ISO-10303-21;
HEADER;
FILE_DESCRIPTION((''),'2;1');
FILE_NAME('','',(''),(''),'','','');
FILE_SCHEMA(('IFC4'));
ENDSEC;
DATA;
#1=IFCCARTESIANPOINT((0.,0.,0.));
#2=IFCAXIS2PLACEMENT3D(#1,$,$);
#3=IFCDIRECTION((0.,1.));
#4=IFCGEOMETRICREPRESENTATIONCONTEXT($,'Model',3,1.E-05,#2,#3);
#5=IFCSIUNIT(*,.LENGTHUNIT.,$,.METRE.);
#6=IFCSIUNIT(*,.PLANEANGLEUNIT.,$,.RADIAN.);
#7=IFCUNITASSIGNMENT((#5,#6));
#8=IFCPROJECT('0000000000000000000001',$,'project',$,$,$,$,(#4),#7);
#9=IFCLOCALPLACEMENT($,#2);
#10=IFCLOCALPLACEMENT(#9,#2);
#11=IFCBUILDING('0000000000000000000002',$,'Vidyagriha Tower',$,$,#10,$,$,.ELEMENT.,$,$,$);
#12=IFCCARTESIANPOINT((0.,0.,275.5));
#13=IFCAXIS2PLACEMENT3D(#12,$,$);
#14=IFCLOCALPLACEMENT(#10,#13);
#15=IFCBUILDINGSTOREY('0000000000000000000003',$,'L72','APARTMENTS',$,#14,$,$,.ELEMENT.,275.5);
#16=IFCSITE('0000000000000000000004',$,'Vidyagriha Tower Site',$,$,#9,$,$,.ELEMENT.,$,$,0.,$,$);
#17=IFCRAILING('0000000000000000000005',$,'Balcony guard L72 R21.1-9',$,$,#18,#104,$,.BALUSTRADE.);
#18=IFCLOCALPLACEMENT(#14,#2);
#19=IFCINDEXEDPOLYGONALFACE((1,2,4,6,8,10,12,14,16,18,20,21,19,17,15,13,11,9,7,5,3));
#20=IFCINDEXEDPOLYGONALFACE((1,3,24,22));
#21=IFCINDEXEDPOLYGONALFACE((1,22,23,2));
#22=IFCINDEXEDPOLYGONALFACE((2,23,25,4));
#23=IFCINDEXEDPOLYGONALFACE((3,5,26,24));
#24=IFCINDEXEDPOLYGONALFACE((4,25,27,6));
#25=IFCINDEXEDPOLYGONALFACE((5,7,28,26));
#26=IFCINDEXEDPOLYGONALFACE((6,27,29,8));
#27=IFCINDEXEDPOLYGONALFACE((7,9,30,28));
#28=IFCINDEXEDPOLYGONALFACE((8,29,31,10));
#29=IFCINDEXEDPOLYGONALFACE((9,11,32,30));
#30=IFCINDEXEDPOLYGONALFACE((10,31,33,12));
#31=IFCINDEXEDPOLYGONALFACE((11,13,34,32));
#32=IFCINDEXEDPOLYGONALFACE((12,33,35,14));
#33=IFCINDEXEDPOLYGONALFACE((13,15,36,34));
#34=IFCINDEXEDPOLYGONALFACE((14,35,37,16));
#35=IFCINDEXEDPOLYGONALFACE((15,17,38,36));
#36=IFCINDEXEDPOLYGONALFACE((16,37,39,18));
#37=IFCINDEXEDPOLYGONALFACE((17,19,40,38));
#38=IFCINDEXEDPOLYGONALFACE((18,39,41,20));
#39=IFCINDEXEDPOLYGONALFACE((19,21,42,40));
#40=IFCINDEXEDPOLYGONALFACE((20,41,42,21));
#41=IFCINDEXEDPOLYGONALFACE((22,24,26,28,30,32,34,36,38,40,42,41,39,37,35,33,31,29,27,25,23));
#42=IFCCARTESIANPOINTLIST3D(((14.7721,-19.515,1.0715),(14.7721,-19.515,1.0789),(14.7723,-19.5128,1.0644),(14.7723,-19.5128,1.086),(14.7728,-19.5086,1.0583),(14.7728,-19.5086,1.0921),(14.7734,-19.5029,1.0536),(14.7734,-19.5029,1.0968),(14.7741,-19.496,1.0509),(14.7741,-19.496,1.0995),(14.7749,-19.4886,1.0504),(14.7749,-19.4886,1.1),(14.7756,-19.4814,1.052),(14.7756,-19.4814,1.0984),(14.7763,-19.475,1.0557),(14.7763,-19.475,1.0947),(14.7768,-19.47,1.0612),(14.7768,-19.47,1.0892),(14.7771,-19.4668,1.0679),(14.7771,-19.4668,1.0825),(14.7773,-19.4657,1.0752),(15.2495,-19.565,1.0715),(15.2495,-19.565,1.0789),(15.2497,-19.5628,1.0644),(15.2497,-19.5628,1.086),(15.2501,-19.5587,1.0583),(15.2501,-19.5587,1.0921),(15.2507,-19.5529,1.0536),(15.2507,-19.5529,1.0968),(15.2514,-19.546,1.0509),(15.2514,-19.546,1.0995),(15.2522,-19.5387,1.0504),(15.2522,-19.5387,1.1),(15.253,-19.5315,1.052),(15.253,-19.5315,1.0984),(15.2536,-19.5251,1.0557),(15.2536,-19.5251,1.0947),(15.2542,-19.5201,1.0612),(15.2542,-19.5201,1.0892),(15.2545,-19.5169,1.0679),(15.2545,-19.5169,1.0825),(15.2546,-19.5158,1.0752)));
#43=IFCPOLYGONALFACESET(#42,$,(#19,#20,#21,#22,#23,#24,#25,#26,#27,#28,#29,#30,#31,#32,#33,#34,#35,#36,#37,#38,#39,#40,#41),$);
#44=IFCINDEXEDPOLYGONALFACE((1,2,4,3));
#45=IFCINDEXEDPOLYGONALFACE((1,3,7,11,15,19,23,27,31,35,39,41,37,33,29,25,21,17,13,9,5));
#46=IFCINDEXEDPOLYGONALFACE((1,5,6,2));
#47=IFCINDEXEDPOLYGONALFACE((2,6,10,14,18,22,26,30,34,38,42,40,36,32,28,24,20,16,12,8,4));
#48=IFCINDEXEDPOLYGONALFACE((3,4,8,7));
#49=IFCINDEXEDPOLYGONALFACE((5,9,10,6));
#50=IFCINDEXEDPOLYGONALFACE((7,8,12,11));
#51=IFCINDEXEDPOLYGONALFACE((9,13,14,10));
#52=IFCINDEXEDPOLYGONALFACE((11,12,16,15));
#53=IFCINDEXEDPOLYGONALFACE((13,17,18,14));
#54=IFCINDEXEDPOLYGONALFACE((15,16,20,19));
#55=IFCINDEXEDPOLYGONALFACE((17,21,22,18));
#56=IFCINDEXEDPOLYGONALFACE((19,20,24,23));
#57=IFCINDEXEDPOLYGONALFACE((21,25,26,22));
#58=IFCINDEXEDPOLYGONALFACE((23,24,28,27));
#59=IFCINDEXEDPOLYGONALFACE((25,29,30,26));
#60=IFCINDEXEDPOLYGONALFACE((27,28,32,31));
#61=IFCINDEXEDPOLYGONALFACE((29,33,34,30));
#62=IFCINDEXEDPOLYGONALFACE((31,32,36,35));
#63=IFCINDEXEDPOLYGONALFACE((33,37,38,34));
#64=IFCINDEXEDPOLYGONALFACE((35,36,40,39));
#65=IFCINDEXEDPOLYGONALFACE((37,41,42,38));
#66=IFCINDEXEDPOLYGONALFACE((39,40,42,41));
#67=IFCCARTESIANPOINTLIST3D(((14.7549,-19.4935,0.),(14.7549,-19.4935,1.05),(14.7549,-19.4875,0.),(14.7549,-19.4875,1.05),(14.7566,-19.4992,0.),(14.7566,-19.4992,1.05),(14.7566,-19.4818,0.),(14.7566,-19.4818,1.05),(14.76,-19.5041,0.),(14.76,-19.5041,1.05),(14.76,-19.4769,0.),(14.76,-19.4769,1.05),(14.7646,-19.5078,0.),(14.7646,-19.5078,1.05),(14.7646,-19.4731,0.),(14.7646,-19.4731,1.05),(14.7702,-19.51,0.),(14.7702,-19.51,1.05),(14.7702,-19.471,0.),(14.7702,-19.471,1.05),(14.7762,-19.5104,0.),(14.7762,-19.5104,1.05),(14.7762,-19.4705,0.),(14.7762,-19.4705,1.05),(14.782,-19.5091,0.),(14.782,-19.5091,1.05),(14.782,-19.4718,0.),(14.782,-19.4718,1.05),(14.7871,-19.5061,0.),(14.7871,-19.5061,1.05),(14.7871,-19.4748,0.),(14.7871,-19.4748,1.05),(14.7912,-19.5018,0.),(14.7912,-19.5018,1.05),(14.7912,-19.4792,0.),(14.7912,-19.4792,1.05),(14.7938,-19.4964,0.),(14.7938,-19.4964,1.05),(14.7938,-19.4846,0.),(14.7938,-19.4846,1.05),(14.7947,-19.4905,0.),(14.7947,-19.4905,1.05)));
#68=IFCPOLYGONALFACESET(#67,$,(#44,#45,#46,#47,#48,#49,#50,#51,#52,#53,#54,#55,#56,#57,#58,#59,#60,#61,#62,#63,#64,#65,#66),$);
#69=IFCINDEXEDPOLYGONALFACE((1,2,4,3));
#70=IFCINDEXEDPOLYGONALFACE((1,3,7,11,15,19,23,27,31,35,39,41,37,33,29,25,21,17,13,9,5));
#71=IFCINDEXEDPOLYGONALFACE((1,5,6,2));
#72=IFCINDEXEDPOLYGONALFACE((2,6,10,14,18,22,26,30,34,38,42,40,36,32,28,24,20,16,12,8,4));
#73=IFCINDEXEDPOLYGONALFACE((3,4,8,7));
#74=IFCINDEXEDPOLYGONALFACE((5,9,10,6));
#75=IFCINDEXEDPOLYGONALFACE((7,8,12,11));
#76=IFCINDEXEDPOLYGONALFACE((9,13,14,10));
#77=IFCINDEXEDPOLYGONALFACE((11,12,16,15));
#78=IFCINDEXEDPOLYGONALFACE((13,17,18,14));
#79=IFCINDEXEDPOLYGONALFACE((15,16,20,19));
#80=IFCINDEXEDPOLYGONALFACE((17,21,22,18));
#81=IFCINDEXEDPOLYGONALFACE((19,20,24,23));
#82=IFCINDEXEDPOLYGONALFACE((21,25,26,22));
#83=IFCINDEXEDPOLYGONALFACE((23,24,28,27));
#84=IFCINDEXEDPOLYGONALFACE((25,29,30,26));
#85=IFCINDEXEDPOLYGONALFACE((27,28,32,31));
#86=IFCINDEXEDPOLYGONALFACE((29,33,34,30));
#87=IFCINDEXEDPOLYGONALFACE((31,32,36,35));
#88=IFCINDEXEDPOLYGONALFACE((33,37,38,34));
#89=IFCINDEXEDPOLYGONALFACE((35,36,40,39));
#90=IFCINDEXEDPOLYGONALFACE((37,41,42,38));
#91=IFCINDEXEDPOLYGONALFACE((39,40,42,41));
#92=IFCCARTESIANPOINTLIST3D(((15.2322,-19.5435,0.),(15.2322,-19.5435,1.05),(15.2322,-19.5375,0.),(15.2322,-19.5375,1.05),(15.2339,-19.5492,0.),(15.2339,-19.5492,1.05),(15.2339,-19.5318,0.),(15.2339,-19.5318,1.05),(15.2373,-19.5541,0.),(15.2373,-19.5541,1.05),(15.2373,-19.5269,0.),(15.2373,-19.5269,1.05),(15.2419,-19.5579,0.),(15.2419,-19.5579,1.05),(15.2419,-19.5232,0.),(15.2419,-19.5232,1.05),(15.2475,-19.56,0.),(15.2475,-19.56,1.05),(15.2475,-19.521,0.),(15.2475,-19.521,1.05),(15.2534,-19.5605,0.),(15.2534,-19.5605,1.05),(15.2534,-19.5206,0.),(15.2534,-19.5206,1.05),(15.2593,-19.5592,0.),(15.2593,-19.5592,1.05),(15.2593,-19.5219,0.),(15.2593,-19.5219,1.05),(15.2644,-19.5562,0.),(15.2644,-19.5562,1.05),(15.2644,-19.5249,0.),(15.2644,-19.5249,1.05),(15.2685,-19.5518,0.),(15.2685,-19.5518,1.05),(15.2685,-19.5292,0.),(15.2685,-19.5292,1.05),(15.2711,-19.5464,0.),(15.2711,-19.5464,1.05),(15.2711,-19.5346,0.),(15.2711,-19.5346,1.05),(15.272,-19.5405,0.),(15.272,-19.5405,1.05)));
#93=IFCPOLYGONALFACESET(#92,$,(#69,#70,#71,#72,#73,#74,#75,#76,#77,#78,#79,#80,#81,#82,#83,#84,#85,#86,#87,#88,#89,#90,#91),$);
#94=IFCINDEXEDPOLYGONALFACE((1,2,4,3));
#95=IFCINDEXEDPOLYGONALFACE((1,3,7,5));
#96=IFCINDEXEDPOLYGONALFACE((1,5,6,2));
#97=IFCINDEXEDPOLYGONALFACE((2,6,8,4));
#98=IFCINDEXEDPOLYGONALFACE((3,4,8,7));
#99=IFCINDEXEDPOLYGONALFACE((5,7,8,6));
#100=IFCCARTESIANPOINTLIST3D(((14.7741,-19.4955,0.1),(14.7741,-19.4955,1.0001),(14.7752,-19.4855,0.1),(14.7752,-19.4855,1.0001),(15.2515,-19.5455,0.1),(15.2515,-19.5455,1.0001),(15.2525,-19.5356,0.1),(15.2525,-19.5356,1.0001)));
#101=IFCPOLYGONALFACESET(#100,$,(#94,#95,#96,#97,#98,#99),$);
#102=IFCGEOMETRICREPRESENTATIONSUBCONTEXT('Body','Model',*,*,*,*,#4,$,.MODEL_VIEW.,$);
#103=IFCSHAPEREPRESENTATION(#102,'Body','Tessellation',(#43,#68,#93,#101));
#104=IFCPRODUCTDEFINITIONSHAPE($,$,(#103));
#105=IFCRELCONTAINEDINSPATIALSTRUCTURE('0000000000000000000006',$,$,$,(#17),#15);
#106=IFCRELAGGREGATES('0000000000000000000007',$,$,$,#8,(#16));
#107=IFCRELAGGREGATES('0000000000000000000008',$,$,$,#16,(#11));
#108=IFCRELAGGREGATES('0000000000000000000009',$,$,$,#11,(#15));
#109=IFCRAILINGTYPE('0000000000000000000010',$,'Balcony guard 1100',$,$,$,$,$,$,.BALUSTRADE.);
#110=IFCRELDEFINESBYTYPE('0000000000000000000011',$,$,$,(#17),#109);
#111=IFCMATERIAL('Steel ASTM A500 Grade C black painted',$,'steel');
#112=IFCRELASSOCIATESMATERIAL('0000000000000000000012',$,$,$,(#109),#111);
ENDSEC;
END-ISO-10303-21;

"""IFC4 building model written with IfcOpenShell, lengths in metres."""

from ifc_helpers import new_model, si_unit, direction, frame, origin, origin_2d, place, context, subcontext, project, spatial, rectangle, circle, extrude, material, type_object, element, save


model = new_model("IFC4")

# Units and contexts
model_context = context("Model", 3, precision=1e-05, world=origin(), true_north=direction((0.0, 1.0)))
body_context = subcontext(model_context, "Body", "Model", "MODEL_VIEW")
ifc_project = project(units=[si_unit("LENGTHUNIT", "METRE"), si_unit("PLANEANGLEUNIT", "RADIAN")], contexts=[model_context])

# Site, building, storey
site_placement = place(None, origin())
site = spatial("IfcSite", under=ifc_project, at=site_placement, Name="Vidyagriha Tower Site", CompositionType="ELEMENT", RefElevation=0.0)
building_placement = place(site_placement, origin())
building = spatial("IfcBuilding", under=site, at=building_placement, Name="Vidyagriha Tower", CompositionType="ELEMENT")
storey_placement = place(building_placement, frame((0.0, 0.0, 275.5)))
storey = spatial("IfcBuildingStorey", under=building, at=storey_placement, Name="L72", Description="APARTMENTS", CompositionType="ELEMENT", Elevation=275.5)

# Railing
ifc_material_1 = material(Name="Steel ASTM A500 Grade C black painted", Category="steel")
railing_type = type_object("IfcRailingType", Name="Balcony guard 1100", PredefinedType="BALUSTRADE", material=ifc_material_1)
railing_1_placement = place(storey_placement, frame((14.7747, -19.4905, 0.0)))
element("IfcRailing", 1, at=railing_1_placement, inside=storey, type_object=railing_type, Name="Balcony guard L72 R21.1-9", PredefinedType="BALUSTRADE", context=body_context, shape_type="SweptSolid", body=[
    extrude(circle(Radius=0.0249, at=origin_2d()), frame((0.0, 0.0, 1.0752), z_axis=(0.994547, -0.104288, 0.0), x_axis=(0.104288, 0.994547, 0.0)), (0.0, 0.0, 1.0), 0.48),
    extrude(circle(Radius=0.02, at=origin_2d()), origin(), (0.0, 0.0, 1.0), 1.05),
    extrude(circle(Radius=0.02, at=origin_2d()), frame((0.4773, -0.05, 0.0)), (0.0, 0.0, 1.0), 1.05),
    extrude(rectangle(XDim=0.01, YDim=0.9001, at=origin_2d()), frame((0.0, 0.0, 0.55), z_axis=(0.994547, -0.104288, 0.0), x_axis=(0.104288, 0.994547, 0.0)), (0.0, 0.0, 1.0), 0.48),
])

save(model, "model.ifc")
